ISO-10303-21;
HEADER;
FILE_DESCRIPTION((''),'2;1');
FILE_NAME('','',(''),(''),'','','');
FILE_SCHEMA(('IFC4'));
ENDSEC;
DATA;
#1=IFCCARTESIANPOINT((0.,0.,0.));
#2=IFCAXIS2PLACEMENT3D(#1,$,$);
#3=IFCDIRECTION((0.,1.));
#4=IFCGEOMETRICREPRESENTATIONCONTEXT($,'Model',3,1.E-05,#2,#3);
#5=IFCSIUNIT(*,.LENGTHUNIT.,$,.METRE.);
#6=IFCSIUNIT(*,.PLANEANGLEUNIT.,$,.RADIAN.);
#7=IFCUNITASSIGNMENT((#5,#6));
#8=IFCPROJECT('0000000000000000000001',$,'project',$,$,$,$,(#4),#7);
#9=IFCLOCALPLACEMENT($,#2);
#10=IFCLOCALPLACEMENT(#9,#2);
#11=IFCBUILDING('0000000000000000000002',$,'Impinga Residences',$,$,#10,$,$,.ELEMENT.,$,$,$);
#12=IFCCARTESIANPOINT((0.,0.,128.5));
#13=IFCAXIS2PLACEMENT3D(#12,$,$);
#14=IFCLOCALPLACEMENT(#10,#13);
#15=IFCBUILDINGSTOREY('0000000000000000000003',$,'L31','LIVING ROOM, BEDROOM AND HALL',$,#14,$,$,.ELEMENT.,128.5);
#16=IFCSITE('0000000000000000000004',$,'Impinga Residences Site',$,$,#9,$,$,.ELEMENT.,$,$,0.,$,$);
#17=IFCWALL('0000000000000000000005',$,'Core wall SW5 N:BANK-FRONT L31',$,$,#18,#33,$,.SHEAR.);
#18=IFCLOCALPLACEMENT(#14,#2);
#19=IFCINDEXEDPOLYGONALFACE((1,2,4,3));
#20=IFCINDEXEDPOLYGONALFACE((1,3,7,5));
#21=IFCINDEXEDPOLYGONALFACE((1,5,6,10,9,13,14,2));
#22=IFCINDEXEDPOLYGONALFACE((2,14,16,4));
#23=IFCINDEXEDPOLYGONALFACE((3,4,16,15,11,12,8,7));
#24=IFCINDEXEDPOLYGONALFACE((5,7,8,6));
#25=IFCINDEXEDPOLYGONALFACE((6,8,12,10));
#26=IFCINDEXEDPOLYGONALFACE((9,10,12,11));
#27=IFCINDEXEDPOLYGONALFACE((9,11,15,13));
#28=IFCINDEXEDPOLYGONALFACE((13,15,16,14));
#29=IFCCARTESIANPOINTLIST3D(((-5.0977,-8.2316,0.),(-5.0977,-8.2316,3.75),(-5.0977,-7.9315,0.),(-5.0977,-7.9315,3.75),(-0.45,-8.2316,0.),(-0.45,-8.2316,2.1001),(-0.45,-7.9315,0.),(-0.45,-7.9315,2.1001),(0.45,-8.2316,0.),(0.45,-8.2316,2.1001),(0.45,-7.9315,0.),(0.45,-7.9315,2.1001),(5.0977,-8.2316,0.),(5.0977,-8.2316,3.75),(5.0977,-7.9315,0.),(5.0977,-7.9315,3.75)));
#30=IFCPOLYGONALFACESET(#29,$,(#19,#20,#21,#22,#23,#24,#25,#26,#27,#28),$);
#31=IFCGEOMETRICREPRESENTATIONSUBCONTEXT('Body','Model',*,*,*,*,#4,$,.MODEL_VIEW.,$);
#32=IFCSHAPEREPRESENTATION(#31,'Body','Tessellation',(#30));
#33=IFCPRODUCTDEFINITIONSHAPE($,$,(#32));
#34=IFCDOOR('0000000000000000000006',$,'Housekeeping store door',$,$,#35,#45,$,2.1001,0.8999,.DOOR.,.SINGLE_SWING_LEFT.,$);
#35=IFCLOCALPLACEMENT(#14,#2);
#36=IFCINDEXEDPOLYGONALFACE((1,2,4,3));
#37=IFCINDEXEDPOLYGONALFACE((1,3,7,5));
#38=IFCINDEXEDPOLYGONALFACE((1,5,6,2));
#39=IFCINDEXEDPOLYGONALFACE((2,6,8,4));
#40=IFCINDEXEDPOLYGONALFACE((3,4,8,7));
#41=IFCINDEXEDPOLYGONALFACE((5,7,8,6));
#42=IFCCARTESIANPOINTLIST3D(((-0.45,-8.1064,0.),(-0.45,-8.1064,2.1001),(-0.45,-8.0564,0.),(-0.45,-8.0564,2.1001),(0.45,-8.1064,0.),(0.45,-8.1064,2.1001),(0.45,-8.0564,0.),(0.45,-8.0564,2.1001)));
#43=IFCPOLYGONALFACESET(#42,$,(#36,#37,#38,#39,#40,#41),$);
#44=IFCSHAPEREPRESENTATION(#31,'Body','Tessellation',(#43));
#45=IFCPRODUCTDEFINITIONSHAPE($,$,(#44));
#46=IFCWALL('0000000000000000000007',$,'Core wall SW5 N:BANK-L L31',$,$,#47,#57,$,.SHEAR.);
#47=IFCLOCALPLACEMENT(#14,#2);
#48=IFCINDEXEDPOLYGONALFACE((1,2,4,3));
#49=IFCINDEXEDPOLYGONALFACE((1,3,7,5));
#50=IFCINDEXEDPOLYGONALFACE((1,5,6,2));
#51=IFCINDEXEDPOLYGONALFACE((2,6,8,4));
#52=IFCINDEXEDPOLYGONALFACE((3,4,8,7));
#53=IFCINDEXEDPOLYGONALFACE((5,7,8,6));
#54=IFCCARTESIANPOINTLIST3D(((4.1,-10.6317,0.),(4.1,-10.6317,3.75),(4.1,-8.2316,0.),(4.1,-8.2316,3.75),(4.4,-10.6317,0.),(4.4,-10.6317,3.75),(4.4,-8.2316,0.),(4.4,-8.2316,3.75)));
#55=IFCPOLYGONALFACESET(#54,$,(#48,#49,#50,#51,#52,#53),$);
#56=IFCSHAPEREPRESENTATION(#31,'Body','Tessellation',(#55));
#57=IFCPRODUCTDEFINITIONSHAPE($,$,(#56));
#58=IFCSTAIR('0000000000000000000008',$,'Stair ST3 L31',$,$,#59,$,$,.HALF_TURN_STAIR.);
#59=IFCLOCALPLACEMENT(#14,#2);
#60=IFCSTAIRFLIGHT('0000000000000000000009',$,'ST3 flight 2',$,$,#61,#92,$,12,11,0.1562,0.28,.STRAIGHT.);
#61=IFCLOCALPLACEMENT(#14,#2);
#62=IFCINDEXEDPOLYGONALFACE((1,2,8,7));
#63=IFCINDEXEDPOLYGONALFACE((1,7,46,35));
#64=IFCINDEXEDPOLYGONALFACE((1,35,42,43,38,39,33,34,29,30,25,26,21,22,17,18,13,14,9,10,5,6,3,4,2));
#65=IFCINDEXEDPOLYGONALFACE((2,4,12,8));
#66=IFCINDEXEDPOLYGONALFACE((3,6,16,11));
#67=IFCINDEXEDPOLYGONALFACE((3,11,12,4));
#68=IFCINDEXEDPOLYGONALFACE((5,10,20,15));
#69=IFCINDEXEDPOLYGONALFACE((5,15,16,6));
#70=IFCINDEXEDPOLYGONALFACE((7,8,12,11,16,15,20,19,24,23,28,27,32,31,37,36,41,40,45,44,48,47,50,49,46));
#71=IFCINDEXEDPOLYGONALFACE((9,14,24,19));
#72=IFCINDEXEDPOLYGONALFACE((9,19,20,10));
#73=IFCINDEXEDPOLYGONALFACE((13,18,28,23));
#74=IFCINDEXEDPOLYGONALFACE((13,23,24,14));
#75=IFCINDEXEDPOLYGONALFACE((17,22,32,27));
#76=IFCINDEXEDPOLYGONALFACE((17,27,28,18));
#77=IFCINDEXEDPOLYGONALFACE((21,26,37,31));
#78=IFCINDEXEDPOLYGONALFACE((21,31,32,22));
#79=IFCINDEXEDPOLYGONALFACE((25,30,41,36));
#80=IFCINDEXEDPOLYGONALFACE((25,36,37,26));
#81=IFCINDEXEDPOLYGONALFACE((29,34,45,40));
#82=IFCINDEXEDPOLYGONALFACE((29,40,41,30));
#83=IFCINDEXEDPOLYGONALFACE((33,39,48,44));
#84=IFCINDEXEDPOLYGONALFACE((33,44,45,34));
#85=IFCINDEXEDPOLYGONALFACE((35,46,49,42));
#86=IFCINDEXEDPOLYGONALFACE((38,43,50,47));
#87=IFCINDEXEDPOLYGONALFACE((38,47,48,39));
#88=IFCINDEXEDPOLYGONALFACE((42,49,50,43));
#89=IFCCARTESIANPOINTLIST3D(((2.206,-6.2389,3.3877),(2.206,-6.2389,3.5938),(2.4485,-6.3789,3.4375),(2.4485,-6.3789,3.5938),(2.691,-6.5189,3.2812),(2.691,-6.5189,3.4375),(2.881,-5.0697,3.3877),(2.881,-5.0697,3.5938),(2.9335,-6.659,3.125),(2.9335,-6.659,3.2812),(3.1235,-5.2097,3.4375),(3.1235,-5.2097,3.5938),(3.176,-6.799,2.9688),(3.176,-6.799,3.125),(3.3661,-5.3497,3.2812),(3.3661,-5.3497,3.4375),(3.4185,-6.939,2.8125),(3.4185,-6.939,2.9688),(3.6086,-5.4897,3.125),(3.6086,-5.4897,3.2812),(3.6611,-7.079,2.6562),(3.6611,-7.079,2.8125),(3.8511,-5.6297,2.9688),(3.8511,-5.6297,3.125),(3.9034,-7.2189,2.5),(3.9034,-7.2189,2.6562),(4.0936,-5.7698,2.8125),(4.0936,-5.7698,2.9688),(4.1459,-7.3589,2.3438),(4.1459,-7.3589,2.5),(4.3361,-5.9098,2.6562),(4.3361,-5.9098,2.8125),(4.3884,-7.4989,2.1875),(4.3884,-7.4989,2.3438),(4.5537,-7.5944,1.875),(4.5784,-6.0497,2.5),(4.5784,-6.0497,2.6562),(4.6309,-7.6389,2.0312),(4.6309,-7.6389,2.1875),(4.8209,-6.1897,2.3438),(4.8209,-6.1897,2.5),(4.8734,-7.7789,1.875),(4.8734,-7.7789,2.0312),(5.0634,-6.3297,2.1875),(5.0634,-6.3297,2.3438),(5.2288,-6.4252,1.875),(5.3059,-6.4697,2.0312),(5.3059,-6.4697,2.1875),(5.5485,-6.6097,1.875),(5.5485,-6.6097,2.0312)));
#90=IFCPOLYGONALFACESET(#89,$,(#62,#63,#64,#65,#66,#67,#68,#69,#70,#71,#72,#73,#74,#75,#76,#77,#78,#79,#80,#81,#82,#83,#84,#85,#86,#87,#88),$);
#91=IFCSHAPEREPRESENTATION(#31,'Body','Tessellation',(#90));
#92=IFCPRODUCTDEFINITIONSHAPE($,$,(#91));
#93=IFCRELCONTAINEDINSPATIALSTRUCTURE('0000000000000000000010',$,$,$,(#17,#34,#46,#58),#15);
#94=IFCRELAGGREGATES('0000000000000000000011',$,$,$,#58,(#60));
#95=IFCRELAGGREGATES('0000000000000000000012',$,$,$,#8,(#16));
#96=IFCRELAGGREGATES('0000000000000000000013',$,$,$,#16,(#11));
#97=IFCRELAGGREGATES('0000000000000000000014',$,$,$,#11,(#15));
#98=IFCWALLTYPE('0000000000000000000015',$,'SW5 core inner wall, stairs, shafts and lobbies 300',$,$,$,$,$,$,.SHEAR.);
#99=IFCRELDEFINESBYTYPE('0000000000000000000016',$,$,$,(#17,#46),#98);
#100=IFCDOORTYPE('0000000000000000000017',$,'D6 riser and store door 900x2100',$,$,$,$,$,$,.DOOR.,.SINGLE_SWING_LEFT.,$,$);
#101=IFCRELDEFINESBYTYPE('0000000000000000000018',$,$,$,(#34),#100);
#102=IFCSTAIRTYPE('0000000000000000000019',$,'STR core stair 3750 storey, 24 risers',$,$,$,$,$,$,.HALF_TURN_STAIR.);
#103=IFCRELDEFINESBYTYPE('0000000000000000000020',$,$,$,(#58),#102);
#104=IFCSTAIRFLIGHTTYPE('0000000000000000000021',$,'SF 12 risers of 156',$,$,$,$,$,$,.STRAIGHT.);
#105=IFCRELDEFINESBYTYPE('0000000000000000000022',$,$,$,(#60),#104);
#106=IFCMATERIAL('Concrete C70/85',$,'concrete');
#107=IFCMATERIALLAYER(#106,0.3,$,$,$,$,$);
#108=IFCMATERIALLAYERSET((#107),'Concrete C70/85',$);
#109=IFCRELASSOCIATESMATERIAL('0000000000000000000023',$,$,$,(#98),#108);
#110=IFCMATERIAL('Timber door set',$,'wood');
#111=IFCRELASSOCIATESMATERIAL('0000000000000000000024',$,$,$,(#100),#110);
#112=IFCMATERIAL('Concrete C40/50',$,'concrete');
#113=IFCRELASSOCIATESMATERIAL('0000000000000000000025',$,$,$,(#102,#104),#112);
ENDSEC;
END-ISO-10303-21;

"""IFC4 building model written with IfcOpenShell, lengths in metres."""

from ifc_helpers import new_model, si_unit, direction, frame, frame_2d, origin, place, context, subcontext, project, spatial, polyline, rectangle, outline, extrude, material, layer, layer_set, type_object, element, fill, aggregate, save


model = new_model("IFC4")

# Units and contexts
model_context = context("Model", 3, precision=1e-05, world=origin(), true_north=direction((0.0, 1.0)))
body_context = subcontext(model_context, "Body", "Model", "MODEL_VIEW")
ifc_project = project(units=[si_unit("LENGTHUNIT", "METRE"), si_unit("PLANEANGLEUNIT", "RADIAN")], contexts=[model_context])

# Site, building, storey
site_placement = place(None, origin())
site = spatial("IfcSite", under=ifc_project, at=site_placement, Name="Impinga Residences Site", CompositionType="ELEMENT", RefElevation=0.0)
building_placement = place(site_placement, origin())
building = spatial("IfcBuilding", under=site, at=building_placement, Name="Impinga Residences", CompositionType="ELEMENT")
storey_placement = place(building_placement, frame((0.0, 0.0, 128.5)))
storey = spatial("IfcBuildingStorey", under=building, at=storey_placement, Name="L31", Description="LIVING ROOM, BEDROOM AND HALL", CompositionType="ELEMENT", Elevation=128.5)

# Shared definitions
ifc_material_1 = material(Name="Timber door set", Category="wood")

# Wall, opening, door
ifc_material_2 = material(Name="Concrete C70/85", Category="concrete")
ifc_layer_1 = layer(ifc_material_2, 0.3)
ifc_layer_set_1 = layer_set([ifc_layer_1], Name="Concrete C70/85")
wall_type_1 = type_object("IfcWallType", Name="SW5 core inner wall, stairs, shafts and lobbies 300", PredefinedType="SHEAR", material=ifc_layer_set_1)
wall_1_placement = place(storey_placement, frame((5.0977, -8.0815, 0.0), z_axis=(0.0, 0.0, 1.0), x_axis=(-1.0, 0.0, 0.0)))
wall_1 = element("IfcWall", 1, at=wall_1_placement, inside=storey, type_object=wall_type_1, Name="Core wall SW5 N:BANK-FRONT L31", PredefinedType="SHEAR", context=body_context, shape_type="SweptSolid", body=[
    extrude(rectangle(XDim=10.1953, YDim=0.3, at=frame_2d((5.0977, 0.0))), origin(), (0.0, 0.0, 1.0), 3.75),
])
opening_1_placement = place(wall_1_placement, frame((4.6477, 0.0, 0.0)))
opening_1 = element("IfcOpeningElement", 2, at=opening_1_placement, cuts=wall_1, PredefinedType="OPENING", context=body_context, shape_type="SweptSolid", body=[
    extrude(rectangle(XDim=0.8999, YDim=2.1001, at=frame_2d((0.45, 1.05))), frame((0.0, 0.1599, 0.0), z_axis=(0.0, -1.0, 0.0), x_axis=(1.0, 0.0, 0.0)), (0.0, 0.0, 1.0), 0.3201),
])
door_type_1 = type_object("IfcDoorType", Name="D6 riser and store door 900x2100", OperationType="SINGLE_SWING_LEFT", PredefinedType="DOOR", material=ifc_material_1)
door_1_placement = place(opening_1_placement, origin())
door_1 = element("IfcDoor", 3, at=door_1_placement, inside=storey, type_object=door_type_1, Name="Housekeeping store door", OperationType="SINGLE_SWING_LEFT", OverallHeight=2.1001, OverallWidth=0.8999, PredefinedType="DOOR", context=body_context, shape_type="SweptSolid", body=[
    extrude(rectangle(XDim=0.8999, YDim=2.1001, at=frame_2d((0.45, 1.05))), frame((0.0, 0.0249, 0.0), z_axis=(0.0, -1.0, 0.0), x_axis=(1.0, 0.0, 0.0)), (0.0, 0.0, 1.0), 0.05),
])
fill(opening_1, door_1)

# Wall
wall_2_placement = place(storey_placement, frame((4.25, -8.2314, 0.0), z_axis=(0.0, 0.0, 1.0), x_axis=(0.0, -1.0, 0.0)))
element("IfcWall", 4, at=wall_2_placement, inside=storey, type_object=wall_type_1, Name="Core wall SW5 N:BANK-L L31", PredefinedType="SHEAR", context=body_context, shape_type="SweptSolid", body=[
    extrude(rectangle(XDim=2.4001, YDim=0.3, at=frame_2d((1.2002, 0.0))), origin(), (0.0, 0.0, 1.0), 3.75),
])

# Stair, stair flight
ifc_material_3 = material(Name="Concrete C40/50", Category="concrete")
stair_type = type_object("IfcStairType", Name="STR core stair 3750 storey, 24 risers", PredefinedType="HALF_TURN_STAIR", material=ifc_material_3)
stair_placement = place(storey_placement, origin())
stair = element("IfcStair", 5, at=stair_placement, inside=storey, type_object=stair_type, Name="Stair ST3 L31", PredefinedType="HALF_TURN_STAIR")
stair_flight_type = type_object("IfcStairFlightType", Name="SF 12 risers of 156", PredefinedType="STRAIGHT", material=ifc_material_3)
stair_flight_placement = place(storey_placement, frame((5.2109, -7.1943, 1.875), z_axis=(0.0, 0.0, 1.0), x_axis=(-0.866025, 0.5, 0.0)))
stair_flight = element("IfcStairFlight", 6, at=stair_flight_placement, type_object=stair_flight_type, Name="ST3 flight 2", NumberOfRisers=12, NumberOfTreads=11, PredefinedType="STRAIGHT", RiserHeight=0.1562, TreadLength=0.28, context=body_context, shape_type="SweptSolid", body=[
    extrude(outline(polyline([(0.0, 0.0), (0.0, 0.1562), (0.28, 0.1562), (0.28, 0.3125), (0.5601, 0.3125), (0.5601, 0.4688), (0.8401, 0.4688), (0.8401, 0.625), (1.1201, 0.625), (1.1201, 0.7812), (1.3999, 0.7812), (1.3999, 0.9375), (1.6799, 0.9375), (1.6799, 1.0938), (1.96, 1.0938), (1.96, 1.25), (2.24, 1.25), (2.24, 1.4062), (2.52, 1.4062), (2.52, 1.5625), (2.8, 1.5625), (2.8, 1.7188), (3.0801, 1.7188), (3.0801, 1.875), (3.0801, 1.5127), (0.3691, 0.0), (0.0, 0.0)])), frame((0.0, 0.675, 0.0), z_axis=(0.0, -1.0, 0.0), x_axis=(1.0, 0.0, 0.0)), (0.0, 0.0, 1.0), 1.3501),
])
aggregate(stair, [stair_flight])

save(model, "model.ifc")
